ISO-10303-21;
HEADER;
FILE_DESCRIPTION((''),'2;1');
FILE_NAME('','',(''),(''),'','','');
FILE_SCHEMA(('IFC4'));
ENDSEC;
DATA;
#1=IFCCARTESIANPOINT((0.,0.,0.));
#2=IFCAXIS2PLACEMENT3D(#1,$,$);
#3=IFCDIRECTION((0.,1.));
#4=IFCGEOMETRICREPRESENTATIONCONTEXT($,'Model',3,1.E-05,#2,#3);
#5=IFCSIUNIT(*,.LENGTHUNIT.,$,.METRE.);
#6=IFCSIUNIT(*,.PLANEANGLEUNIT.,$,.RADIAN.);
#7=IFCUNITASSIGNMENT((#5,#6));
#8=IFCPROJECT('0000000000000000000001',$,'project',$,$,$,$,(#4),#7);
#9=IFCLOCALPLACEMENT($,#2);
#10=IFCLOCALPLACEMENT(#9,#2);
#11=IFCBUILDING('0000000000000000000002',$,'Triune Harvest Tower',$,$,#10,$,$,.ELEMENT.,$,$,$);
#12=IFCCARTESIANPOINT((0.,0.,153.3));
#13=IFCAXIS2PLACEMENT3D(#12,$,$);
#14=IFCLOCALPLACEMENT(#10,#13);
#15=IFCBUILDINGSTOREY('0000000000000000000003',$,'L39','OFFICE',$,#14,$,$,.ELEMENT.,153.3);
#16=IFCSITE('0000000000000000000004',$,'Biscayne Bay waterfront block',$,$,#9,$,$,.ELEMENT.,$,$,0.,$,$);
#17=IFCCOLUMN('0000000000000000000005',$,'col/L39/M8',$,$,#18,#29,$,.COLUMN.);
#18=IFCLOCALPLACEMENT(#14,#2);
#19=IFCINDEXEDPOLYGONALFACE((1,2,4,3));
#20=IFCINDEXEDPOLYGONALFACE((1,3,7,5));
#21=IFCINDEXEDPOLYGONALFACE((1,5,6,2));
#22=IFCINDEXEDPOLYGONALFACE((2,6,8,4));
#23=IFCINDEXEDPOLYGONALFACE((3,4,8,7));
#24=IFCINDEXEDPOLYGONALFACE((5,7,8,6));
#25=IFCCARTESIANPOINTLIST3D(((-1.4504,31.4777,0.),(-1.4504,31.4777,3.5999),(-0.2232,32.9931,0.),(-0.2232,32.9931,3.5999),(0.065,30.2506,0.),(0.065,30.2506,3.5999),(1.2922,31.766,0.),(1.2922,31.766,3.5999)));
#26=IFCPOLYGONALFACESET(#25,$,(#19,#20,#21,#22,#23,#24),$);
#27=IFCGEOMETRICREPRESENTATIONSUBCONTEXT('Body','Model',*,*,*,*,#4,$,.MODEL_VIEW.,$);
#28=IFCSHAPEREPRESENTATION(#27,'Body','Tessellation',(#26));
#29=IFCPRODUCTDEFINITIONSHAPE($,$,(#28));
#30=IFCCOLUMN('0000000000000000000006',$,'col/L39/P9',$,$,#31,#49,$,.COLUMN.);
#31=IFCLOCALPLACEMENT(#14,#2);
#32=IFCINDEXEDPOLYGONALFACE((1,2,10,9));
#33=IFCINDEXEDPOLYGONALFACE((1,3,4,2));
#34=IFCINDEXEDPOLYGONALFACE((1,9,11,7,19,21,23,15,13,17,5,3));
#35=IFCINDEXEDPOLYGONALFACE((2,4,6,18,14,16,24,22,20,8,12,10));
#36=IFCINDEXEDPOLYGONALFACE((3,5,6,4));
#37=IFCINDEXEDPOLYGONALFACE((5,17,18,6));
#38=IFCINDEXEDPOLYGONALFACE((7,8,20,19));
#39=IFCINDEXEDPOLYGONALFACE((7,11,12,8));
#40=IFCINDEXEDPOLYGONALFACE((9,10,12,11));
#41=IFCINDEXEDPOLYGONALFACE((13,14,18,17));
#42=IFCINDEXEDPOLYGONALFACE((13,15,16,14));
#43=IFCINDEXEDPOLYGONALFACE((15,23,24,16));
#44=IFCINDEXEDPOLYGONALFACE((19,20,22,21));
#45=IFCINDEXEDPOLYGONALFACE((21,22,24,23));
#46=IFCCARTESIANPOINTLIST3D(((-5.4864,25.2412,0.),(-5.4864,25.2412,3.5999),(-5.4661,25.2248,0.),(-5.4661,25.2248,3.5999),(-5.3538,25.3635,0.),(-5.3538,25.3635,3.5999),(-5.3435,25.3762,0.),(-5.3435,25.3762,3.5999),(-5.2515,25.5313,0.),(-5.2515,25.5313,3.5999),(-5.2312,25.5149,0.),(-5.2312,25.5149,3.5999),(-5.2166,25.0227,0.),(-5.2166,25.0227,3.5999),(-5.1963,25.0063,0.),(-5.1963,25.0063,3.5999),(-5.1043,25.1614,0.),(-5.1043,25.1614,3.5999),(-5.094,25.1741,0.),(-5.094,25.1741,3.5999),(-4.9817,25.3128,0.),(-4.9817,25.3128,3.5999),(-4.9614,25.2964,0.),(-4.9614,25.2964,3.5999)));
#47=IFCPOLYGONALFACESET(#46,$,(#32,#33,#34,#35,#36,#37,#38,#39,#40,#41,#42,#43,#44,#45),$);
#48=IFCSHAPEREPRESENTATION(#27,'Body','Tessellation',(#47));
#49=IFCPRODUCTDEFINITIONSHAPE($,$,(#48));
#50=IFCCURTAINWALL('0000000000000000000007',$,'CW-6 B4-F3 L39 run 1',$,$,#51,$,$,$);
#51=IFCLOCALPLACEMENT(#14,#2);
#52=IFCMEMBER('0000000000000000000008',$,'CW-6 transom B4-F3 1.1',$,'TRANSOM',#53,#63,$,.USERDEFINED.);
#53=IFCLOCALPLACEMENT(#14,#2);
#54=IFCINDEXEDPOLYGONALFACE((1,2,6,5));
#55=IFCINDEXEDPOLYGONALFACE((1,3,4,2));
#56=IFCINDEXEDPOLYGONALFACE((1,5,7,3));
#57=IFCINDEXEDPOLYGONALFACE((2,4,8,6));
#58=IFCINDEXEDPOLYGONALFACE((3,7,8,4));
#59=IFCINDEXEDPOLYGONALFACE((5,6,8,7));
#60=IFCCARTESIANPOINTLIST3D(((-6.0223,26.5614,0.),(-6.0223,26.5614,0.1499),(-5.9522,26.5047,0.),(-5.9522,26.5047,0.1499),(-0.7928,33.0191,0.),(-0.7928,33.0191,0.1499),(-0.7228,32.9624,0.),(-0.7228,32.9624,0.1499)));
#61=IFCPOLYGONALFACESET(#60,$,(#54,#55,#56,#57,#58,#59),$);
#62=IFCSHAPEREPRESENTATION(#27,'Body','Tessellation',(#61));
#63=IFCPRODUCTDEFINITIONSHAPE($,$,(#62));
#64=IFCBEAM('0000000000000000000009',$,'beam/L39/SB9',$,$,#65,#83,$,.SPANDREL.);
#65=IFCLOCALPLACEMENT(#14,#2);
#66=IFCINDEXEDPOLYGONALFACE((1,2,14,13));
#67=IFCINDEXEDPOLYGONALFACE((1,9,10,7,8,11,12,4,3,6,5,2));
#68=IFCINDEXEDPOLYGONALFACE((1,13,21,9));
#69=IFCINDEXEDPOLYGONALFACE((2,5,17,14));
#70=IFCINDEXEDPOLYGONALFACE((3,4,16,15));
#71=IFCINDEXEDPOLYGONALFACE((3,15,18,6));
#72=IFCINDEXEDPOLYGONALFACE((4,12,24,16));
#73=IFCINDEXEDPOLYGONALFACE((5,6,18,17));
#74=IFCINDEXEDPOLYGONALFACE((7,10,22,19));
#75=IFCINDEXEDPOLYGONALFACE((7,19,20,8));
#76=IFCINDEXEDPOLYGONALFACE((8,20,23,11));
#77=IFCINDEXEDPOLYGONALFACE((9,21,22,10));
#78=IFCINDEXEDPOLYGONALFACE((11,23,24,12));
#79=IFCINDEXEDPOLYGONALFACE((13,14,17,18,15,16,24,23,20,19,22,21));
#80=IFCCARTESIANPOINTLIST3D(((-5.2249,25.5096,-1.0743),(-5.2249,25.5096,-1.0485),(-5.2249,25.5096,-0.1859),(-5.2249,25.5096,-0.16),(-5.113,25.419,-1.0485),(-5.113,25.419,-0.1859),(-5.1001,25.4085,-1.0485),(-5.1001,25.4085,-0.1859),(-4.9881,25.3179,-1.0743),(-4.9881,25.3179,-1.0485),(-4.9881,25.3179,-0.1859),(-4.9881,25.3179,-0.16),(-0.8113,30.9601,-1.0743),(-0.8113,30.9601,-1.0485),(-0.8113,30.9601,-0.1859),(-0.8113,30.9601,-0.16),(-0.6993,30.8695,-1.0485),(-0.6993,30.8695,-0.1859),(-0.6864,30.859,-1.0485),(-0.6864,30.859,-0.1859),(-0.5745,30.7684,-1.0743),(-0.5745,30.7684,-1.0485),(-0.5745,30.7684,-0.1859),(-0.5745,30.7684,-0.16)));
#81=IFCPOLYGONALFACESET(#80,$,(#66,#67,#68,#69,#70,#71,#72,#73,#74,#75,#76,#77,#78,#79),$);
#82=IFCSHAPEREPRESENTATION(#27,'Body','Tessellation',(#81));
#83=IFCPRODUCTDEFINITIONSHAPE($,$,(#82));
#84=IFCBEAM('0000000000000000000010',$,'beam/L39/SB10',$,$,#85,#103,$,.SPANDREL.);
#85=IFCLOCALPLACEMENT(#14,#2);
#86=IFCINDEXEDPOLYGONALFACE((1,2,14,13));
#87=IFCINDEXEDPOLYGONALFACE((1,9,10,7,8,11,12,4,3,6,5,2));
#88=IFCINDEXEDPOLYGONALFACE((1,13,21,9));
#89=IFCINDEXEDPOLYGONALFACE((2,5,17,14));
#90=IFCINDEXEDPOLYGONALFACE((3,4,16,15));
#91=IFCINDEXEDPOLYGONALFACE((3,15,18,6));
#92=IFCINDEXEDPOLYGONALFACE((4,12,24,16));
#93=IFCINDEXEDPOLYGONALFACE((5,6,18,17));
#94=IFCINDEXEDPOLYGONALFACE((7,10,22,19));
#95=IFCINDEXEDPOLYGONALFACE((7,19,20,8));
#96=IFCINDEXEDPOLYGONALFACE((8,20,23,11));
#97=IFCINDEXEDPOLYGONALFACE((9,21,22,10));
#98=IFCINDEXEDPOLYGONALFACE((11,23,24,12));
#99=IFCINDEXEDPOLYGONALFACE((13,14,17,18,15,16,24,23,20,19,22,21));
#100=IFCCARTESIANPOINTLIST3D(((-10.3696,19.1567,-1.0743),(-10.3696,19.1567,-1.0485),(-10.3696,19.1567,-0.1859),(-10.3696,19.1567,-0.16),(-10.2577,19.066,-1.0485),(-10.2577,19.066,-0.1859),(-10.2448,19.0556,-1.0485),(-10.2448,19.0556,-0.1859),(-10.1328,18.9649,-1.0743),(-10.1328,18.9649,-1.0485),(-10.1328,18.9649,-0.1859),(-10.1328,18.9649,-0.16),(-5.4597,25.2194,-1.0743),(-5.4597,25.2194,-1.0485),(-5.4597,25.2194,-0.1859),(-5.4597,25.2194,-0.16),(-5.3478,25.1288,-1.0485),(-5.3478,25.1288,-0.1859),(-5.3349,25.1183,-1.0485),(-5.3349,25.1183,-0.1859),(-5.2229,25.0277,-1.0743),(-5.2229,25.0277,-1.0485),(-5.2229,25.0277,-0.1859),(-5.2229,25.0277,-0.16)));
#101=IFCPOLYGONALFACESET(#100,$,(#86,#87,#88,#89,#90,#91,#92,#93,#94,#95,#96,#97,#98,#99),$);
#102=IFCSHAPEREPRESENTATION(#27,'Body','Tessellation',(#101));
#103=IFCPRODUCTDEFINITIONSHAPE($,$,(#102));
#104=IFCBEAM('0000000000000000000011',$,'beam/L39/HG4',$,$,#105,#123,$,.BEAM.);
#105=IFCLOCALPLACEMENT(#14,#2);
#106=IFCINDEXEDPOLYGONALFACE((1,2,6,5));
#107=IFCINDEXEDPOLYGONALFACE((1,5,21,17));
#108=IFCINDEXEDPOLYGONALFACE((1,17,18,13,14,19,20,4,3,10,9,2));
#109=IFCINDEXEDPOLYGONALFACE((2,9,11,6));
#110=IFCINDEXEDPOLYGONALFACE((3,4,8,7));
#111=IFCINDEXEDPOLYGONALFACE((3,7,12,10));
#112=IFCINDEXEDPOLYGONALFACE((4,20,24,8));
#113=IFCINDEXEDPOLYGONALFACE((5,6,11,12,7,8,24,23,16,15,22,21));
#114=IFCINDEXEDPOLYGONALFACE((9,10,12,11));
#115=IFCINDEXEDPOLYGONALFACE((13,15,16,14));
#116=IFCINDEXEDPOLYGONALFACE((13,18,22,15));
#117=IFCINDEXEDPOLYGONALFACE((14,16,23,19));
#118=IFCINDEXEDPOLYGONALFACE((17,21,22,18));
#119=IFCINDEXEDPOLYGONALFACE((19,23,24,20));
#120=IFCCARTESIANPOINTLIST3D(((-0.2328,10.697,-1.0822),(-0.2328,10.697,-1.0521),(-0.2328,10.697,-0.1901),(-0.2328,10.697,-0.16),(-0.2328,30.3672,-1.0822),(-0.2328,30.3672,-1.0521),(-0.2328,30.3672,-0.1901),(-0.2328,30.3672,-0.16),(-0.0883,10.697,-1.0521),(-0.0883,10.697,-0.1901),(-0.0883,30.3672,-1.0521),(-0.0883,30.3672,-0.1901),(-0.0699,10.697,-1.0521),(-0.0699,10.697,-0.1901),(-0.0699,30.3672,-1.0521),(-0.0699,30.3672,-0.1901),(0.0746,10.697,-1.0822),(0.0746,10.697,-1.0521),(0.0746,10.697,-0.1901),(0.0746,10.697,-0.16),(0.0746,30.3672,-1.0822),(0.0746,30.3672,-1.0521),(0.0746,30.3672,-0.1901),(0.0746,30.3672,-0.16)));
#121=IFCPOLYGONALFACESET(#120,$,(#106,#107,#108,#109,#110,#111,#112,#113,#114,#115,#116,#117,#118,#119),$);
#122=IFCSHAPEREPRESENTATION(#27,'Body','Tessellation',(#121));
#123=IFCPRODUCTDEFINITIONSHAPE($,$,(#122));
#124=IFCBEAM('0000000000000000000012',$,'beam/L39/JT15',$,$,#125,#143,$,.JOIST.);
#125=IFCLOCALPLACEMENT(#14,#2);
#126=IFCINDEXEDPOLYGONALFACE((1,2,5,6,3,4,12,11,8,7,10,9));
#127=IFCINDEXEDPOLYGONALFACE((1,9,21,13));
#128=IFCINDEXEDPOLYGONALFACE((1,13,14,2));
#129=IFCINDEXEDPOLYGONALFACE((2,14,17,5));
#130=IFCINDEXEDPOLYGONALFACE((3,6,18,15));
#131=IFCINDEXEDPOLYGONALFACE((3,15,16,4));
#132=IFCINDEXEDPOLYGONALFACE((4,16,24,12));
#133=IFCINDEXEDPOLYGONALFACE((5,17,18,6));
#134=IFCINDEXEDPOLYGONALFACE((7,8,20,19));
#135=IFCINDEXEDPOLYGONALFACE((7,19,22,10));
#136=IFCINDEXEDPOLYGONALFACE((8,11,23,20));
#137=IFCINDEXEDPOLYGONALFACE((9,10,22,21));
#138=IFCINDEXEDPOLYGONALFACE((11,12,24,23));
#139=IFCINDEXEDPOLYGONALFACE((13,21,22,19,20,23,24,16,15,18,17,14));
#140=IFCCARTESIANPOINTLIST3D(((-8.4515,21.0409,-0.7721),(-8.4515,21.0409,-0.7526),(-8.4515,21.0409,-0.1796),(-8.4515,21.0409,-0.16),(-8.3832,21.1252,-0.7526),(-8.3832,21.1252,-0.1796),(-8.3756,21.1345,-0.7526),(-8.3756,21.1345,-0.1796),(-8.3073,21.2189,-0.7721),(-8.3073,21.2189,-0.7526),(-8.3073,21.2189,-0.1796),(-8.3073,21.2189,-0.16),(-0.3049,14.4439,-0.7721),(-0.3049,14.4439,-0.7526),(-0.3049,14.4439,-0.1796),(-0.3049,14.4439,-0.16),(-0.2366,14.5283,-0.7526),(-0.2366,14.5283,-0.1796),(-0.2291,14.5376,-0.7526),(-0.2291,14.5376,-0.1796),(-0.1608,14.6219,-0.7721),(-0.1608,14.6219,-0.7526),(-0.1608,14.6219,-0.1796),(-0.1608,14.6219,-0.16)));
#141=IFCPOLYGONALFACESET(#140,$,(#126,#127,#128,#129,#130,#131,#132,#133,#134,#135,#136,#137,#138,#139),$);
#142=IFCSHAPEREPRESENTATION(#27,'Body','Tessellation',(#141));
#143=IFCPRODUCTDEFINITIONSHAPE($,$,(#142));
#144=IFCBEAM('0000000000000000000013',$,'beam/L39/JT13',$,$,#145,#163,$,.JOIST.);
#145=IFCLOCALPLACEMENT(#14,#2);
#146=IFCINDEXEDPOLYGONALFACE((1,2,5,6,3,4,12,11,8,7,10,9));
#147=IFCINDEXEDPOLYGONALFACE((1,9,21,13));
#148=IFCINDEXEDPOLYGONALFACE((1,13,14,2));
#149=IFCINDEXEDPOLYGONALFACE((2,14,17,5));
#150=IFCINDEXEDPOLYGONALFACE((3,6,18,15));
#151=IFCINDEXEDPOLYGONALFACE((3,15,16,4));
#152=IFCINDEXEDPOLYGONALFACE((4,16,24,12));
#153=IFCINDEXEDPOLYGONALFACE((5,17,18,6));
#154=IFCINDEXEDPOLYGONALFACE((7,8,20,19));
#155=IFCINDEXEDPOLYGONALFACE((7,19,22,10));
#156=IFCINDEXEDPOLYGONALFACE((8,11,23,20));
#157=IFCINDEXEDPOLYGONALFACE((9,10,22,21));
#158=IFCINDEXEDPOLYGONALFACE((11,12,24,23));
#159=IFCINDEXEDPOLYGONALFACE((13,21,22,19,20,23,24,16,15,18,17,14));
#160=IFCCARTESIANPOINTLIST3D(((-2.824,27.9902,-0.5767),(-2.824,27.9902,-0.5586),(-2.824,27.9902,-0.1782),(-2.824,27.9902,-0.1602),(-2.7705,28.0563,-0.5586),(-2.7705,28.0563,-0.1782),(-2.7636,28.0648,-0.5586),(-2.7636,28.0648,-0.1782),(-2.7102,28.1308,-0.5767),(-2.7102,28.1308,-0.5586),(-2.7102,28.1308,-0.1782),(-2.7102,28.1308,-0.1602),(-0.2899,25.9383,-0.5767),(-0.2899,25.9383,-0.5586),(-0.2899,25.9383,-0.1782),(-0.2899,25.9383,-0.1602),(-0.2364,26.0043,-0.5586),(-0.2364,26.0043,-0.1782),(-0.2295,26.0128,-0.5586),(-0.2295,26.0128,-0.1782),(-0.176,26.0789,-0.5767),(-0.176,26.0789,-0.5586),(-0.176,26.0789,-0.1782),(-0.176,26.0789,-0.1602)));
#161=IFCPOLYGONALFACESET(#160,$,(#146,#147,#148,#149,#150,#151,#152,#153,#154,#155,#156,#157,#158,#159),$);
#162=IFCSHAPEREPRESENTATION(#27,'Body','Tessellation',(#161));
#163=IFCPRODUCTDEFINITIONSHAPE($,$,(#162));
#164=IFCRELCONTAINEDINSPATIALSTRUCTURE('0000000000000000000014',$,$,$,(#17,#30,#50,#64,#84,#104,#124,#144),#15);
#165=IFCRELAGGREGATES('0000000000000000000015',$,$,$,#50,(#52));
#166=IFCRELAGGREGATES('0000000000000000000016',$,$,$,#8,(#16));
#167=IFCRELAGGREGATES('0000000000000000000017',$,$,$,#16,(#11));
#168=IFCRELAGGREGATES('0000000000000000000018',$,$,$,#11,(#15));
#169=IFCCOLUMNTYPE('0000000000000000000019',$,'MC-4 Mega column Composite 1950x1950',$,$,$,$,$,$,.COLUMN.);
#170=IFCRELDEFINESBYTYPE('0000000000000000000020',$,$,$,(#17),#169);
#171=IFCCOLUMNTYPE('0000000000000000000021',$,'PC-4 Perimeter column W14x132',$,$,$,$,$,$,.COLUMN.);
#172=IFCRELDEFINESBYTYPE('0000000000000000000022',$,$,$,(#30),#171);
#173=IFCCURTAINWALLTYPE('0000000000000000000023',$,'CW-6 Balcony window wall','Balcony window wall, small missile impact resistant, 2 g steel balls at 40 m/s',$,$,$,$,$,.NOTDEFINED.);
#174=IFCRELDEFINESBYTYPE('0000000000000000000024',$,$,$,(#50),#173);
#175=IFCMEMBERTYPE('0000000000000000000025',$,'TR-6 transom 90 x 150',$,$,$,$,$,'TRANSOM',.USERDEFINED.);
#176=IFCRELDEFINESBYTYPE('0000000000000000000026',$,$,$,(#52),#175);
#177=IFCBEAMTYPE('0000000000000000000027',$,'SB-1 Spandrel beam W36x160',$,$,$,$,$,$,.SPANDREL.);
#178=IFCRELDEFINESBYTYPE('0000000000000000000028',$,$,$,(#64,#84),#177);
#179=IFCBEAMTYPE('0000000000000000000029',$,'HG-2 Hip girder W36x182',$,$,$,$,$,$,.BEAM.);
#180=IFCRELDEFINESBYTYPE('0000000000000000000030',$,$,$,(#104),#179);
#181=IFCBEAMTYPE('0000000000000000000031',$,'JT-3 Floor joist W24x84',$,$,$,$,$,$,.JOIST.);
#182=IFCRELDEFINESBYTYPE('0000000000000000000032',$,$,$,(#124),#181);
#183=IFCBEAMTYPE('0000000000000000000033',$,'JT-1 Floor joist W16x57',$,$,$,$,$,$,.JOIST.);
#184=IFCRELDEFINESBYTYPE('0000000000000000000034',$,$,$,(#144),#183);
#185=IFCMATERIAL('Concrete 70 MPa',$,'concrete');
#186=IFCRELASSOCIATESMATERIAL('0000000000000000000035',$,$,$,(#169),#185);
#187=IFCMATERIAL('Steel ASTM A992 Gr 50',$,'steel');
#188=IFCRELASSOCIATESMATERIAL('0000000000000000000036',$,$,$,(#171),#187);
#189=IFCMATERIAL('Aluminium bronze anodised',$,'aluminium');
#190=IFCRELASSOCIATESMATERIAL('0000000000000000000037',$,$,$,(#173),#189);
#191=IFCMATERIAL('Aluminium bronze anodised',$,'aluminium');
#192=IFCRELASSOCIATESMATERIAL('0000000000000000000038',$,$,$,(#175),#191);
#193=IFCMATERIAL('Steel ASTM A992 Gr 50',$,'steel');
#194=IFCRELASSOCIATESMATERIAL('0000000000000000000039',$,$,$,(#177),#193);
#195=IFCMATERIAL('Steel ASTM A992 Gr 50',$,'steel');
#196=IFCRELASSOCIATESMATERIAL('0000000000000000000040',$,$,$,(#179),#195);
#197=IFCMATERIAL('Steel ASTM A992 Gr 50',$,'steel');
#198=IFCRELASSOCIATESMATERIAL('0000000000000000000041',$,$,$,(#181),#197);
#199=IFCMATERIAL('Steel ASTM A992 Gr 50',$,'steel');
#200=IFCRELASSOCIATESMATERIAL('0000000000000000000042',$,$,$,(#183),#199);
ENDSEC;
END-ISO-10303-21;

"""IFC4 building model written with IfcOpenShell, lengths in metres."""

from ifc_helpers import new_model, si_unit, direction, frame, origin, origin_2d, place, context, subcontext, project, spatial, rectangle, i_section, extrude, source, transform, mapped, material, material_profile, profile_set, type_object, element, aggregate, save


model = new_model("IFC4")

# Units and contexts
model_context = context("Model", 3, precision=1e-05, world=origin(), true_north=direction((0.0, 1.0)))
body_context = subcontext(model_context, "Body", "Model", "MODEL_VIEW")
ifc_project = project(units=[si_unit("LENGTHUNIT", "METRE"), si_unit("PLANEANGLEUNIT", "RADIAN")], contexts=[model_context])

# Site, building, storey
site_placement = place(None, origin())
site = spatial("IfcSite", under=ifc_project, at=site_placement, Name="Biscayne Bay waterfront block", CompositionType="ELEMENT", RefElevation=0.0)
building_placement = place(site_placement, origin())
building = spatial("IfcBuilding", under=site, at=building_placement, Name="Triune Harvest Tower", CompositionType="ELEMENT")
storey_placement = place(building_placement, frame((0.0, 0.0, 153.3)))
storey = spatial("IfcBuildingStorey", under=building, at=storey_placement, Name="L39", Description="OFFICE", CompositionType="ELEMENT", Elevation=153.3)

# Columns
ifc_material_1 = material(Name="Concrete 70 MPa", Category="concrete")
ifc_material_profile_1 = material_profile(ifc_material_1, rectangle(XDim=1.95, YDim=1.95, at=origin_2d()), Name="Composite 1950x1950")
ifc_profile_set_1 = profile_set([ifc_material_profile_1], Name="Concrete 70 MPa")
column_type_1 = type_object("IfcColumnType", Name="MC-4 Mega column Composite 1950x1950", PredefinedType="COLUMN", material=ifc_profile_set_1)
shared_shape_1 = source(origin(), body_context, "Body", "SweptSolid", [
    extrude(rectangle(XDim=1.95, YDim=1.95, at=origin_2d()), origin(), (0.0, 0.0, 1.0), 3.5999),
])
column_1_placement = place(storey_placement, frame((-0.0791, 31.6218, 0.0), z_axis=(0.0, 0.0, 1.0), x_axis=(-0.629322, -0.777145, 0.0)))
element("IfcColumn", 1, at=column_1_placement, inside=storey, type_object=column_type_1, Name="col/L39/M8", PredefinedType="COLUMN", context=body_context, shape_type="MappedRepresentation", body=[
    mapped(shared_shape_1, transform((0.0, 0.0, 0.0), scale=1.0)),
])
ifc_material_2 = material(Name="Steel ASTM A992 Gr 50", Category="steel")
ifc_material_profile_2 = material_profile(ifc_material_2, i_section(OverallWidth=0.3733, OverallDepth=0.3733, WebThickness=0.0164, FlangeThickness=0.0261, at=origin_2d()), Name="W14x132")
ifc_profile_set_2 = profile_set([ifc_material_profile_2], Name="Steel ASTM A992 Gr 50")
column_type_2 = type_object("IfcColumnType", Name="PC-4 Perimeter column W14x132", PredefinedType="COLUMN", material=ifc_profile_set_2)
shared_shape_2 = source(origin(), body_context, "Body", "SweptSolid", [
    extrude(i_section(OverallWidth=0.3733, OverallDepth=0.3733, WebThickness=0.0164, FlangeThickness=0.0261, at=origin_2d()), origin(), (0.0, 0.0, 1.0), 3.5999),
])
column_2_placement = place(storey_placement, frame((-5.2239, 25.2688, 0.0), z_axis=(0.0, 0.0, 1.0), x_axis=(-0.629322, -0.777145, 0.0)))
element("IfcColumn", 2, at=column_2_placement, inside=storey, type_object=column_type_2, Name="col/L39/P9", PredefinedType="COLUMN", context=body_context, shape_type="MappedRepresentation", body=[
    mapped(shared_shape_2, transform((0.0, 0.0, 0.0), scale=1.0)),
])

# Curtain wall, member
ifc_material_3 = material(Name="Aluminium bronze anodised", Category="aluminium")
curtain_wall_type_1 = type_object("IfcCurtainWallType", Name="CW-6 Balcony window wall", Description="Balcony window wall, small missile impact resistant, 2 g steel balls at 40 m/s", PredefinedType="NOTDEFINED", material=ifc_material_3)
curtain_wall_1_placement = place(storey_placement, origin())
curtain_wall_1 = element("IfcCurtainWall", 3, at=curtain_wall_1_placement, inside=storey, type_object=curtain_wall_type_1, Name="CW-6 B4-F3 L39 run 1")
ifc_material_4 = material(Name="Aluminium bronze anodised", Category="aluminium")
ifc_material_profile_3 = material_profile(ifc_material_4, rectangle(XDim=0.0901, YDim=0.1499, at=origin_2d()), Name="TR-6 transom 90 x 150")
ifc_profile_set_3 = profile_set([ifc_material_profile_3], Name="Aluminium bronze anodised")
member_type_1 = type_object("IfcMemberType", Name="TR-6 transom 90 x 150", ElementType="TRANSOM", PredefinedType="USERDEFINED", material=ifc_profile_set_3)
member_1_placement = place(storey_placement, frame((-0.7578, 32.9907, 0.075), z_axis=(-0.629328, -0.77714, 0.0), x_axis=(0.77714, -0.629328, 0.0)))
member_1 = element("IfcMember", 4, at=member_1_placement, type_object=member_type_1, Name="CW-6 transom B4-F3 1.1", ObjectType="TRANSOM", PredefinedType="USERDEFINED", context=body_context, shape_type="SweptSolid", body=[
    extrude(rectangle(XDim=0.0901, YDim=0.1499, at=origin_2d()), origin(), (0.0, 0.0, 1.0), 8.3096),
])

# Beams
ifc_material_5 = material(Name="Steel ASTM A992 Gr 50", Category="steel")
ifc_material_profile_4 = material_profile(ifc_material_5, i_section(OverallWidth=0.3047, OverallDepth=0.9143, WebThickness=0.0166, FlangeThickness=0.0259, at=origin_2d()), Name="W36x160")
ifc_profile_set_4 = profile_set([ifc_material_profile_4], Name="Steel ASTM A992 Gr 50")
beam_type_1 = type_object("IfcBeamType", Name="SB-1 Spandrel beam W36x160", PredefinedType="SPANDREL", material=ifc_profile_set_4)
shared_shape_3 = source(origin(), body_context, "Body", "SweptSolid", [
    extrude(i_section(OverallWidth=0.3047, OverallDepth=0.9143, WebThickness=0.0166, FlangeThickness=0.0259, at=origin_2d()), origin(), (0.0, 0.0, 1.0), 7.0134),
])
beam_1_placement = place(storey_placement, frame((-0.6929, 30.8643, -0.6172), z_axis=(-0.629311, -0.777153, 0.0), x_axis=(0.777153, -0.629311, 0.0)))
element("IfcBeam", 5, at=beam_1_placement, inside=storey, type_object=beam_type_1, Name="beam/L39/SB9", PredefinedType="SPANDREL", context=body_context, shape_type="MappedRepresentation", body=[
    mapped(shared_shape_3, transform((0.0, 0.0, 0.0), scale=1.0)),
])
shared_shape_4 = source(origin(), body_context, "Body", "SweptSolid", [
    extrude(i_section(OverallWidth=0.3047, OverallDepth=0.9143, WebThickness=0.0166, FlangeThickness=0.0259, at=origin_2d()), origin(), (0.0, 0.0, 1.0), 7.8015),
])
beam_2_placement = place(storey_placement, frame((-5.3413, 25.1235, -0.6172), z_axis=(-0.629351, -0.777121, 0.0), x_axis=(0.777121, -0.629351, 0.0)))
element("IfcBeam", 6, at=beam_2_placement, inside=storey, type_object=beam_type_1, Name="beam/L39/SB10", PredefinedType="SPANDREL", context=body_context, shape_type="MappedRepresentation", body=[
    mapped(shared_shape_4, transform((0.0, 0.0, 0.0), scale=1.0)),
])
ifc_material_6 = material(Name="Steel ASTM A992 Gr 50", Category="steel")
ifc_material_profile_5 = material_profile(ifc_material_6, i_section(OverallWidth=0.3074, OverallDepth=0.9221, WebThickness=0.0183, FlangeThickness=0.03, at=origin_2d()), Name="W36x182")
ifc_profile_set_5 = profile_set([ifc_material_profile_5], Name="Steel ASTM A992 Gr 50")
beam_type_2 = type_object("IfcBeamType", Name="HG-2 Hip girder W36x182", PredefinedType="BEAM", material=ifc_profile_set_5)
shared_shape_5 = source(origin(), body_context, "Body", "SweptSolid", [
    extrude(i_section(OverallWidth=0.3074, OverallDepth=0.9221, WebThickness=0.0183, FlangeThickness=0.03, at=origin_2d()), origin(), (0.0, 0.0, 1.0), 19.6702),
])
beam_3_placement = place(storey_placement, frame((-0.0791, 30.3672, -0.6211), z_axis=(0.0, -1.0, 0.0), x_axis=(1.0, 0.0, 0.0)))
element("IfcBeam", 7, at=beam_3_placement, inside=storey, type_object=beam_type_2, Name="beam/L39/HG4", PredefinedType="BEAM", context=body_context, shape_type="MappedRepresentation", body=[
    mapped(shared_shape_5, transform((0.0, 0.0, 0.0), scale=1.0)),
])
ifc_material_7 = material(Name="Steel ASTM A992 Gr 50", Category="steel")
ifc_material_profile_6 = material_profile(ifc_material_7, i_section(OverallWidth=0.229, OverallDepth=0.6121, WebThickness=0.012, FlangeThickness=0.0195, at=origin_2d()), Name="W24x84")
ifc_profile_set_6 = profile_set([ifc_material_profile_6], Name="Steel ASTM A992 Gr 50")
beam_type_3 = type_object("IfcBeamType", Name="JT-3 Floor joist W24x84", PredefinedType="JOIST", material=ifc_profile_set_6)
shared_shape_6 = source(origin(), body_context, "Body", "SweptSolid", [
    extrude(i_section(OverallWidth=0.229, OverallDepth=0.6121, WebThickness=0.012, FlangeThickness=0.0195, at=origin_2d()), origin(), (0.0, 0.0, 1.0), 10.4827),
])
beam_4_placement = place(storey_placement, frame((-8.3794, 21.1299, -0.4661), z_axis=(0.777145, -0.629322, 0.0), x_axis=(0.629322, 0.777145, 0.0)))
element("IfcBeam", 8, at=beam_4_placement, inside=storey, type_object=beam_type_3, Name="beam/L39/JT15", PredefinedType="JOIST", context=body_context, shape_type="MappedRepresentation", body=[
    mapped(shared_shape_6, transform((0.0, 0.0, 0.0), scale=1.0)),
])
ifc_material_8 = material(Name="Steel ASTM A992 Gr 50", Category="steel")
ifc_material_profile_7 = material_profile(ifc_material_8, i_section(OverallWidth=0.1809, OverallDepth=0.4165, WebThickness=0.011, FlangeThickness=0.0181, at=origin_2d()), Name="W16x57")
ifc_profile_set_7 = profile_set([ifc_material_profile_7], Name="Steel ASTM A992 Gr 50")
beam_type_4 = type_object("IfcBeamType", Name="JT-1 Floor joist W16x57", PredefinedType="JOIST", material=ifc_profile_set_7)
shared_shape_7 = source(origin(), body_context, "Body", "SweptSolid", [
    extrude(i_section(OverallWidth=0.1809, OverallDepth=0.4165, WebThickness=0.011, FlangeThickness=0.0181, at=origin_2d()), origin(), (0.0, 0.0, 1.0), 3.2607),
])
beam_5_placement = place(storey_placement, frame((-2.7671, 28.0605, -0.3684), z_axis=(0.777166, -0.629295, 0.0), x_axis=(0.629295, 0.777166, 0.0)))
element("IfcBeam", 9, at=beam_5_placement, inside=storey, type_object=beam_type_4, Name="beam/L39/JT13", PredefinedType="JOIST", context=body_context, shape_type="MappedRepresentation", body=[
    mapped(shared_shape_7, transform((0.0, 0.0, 0.0), scale=1.0)),
])

aggregate(curtain_wall_1, [member_1])

save(model, "model.ifc")
